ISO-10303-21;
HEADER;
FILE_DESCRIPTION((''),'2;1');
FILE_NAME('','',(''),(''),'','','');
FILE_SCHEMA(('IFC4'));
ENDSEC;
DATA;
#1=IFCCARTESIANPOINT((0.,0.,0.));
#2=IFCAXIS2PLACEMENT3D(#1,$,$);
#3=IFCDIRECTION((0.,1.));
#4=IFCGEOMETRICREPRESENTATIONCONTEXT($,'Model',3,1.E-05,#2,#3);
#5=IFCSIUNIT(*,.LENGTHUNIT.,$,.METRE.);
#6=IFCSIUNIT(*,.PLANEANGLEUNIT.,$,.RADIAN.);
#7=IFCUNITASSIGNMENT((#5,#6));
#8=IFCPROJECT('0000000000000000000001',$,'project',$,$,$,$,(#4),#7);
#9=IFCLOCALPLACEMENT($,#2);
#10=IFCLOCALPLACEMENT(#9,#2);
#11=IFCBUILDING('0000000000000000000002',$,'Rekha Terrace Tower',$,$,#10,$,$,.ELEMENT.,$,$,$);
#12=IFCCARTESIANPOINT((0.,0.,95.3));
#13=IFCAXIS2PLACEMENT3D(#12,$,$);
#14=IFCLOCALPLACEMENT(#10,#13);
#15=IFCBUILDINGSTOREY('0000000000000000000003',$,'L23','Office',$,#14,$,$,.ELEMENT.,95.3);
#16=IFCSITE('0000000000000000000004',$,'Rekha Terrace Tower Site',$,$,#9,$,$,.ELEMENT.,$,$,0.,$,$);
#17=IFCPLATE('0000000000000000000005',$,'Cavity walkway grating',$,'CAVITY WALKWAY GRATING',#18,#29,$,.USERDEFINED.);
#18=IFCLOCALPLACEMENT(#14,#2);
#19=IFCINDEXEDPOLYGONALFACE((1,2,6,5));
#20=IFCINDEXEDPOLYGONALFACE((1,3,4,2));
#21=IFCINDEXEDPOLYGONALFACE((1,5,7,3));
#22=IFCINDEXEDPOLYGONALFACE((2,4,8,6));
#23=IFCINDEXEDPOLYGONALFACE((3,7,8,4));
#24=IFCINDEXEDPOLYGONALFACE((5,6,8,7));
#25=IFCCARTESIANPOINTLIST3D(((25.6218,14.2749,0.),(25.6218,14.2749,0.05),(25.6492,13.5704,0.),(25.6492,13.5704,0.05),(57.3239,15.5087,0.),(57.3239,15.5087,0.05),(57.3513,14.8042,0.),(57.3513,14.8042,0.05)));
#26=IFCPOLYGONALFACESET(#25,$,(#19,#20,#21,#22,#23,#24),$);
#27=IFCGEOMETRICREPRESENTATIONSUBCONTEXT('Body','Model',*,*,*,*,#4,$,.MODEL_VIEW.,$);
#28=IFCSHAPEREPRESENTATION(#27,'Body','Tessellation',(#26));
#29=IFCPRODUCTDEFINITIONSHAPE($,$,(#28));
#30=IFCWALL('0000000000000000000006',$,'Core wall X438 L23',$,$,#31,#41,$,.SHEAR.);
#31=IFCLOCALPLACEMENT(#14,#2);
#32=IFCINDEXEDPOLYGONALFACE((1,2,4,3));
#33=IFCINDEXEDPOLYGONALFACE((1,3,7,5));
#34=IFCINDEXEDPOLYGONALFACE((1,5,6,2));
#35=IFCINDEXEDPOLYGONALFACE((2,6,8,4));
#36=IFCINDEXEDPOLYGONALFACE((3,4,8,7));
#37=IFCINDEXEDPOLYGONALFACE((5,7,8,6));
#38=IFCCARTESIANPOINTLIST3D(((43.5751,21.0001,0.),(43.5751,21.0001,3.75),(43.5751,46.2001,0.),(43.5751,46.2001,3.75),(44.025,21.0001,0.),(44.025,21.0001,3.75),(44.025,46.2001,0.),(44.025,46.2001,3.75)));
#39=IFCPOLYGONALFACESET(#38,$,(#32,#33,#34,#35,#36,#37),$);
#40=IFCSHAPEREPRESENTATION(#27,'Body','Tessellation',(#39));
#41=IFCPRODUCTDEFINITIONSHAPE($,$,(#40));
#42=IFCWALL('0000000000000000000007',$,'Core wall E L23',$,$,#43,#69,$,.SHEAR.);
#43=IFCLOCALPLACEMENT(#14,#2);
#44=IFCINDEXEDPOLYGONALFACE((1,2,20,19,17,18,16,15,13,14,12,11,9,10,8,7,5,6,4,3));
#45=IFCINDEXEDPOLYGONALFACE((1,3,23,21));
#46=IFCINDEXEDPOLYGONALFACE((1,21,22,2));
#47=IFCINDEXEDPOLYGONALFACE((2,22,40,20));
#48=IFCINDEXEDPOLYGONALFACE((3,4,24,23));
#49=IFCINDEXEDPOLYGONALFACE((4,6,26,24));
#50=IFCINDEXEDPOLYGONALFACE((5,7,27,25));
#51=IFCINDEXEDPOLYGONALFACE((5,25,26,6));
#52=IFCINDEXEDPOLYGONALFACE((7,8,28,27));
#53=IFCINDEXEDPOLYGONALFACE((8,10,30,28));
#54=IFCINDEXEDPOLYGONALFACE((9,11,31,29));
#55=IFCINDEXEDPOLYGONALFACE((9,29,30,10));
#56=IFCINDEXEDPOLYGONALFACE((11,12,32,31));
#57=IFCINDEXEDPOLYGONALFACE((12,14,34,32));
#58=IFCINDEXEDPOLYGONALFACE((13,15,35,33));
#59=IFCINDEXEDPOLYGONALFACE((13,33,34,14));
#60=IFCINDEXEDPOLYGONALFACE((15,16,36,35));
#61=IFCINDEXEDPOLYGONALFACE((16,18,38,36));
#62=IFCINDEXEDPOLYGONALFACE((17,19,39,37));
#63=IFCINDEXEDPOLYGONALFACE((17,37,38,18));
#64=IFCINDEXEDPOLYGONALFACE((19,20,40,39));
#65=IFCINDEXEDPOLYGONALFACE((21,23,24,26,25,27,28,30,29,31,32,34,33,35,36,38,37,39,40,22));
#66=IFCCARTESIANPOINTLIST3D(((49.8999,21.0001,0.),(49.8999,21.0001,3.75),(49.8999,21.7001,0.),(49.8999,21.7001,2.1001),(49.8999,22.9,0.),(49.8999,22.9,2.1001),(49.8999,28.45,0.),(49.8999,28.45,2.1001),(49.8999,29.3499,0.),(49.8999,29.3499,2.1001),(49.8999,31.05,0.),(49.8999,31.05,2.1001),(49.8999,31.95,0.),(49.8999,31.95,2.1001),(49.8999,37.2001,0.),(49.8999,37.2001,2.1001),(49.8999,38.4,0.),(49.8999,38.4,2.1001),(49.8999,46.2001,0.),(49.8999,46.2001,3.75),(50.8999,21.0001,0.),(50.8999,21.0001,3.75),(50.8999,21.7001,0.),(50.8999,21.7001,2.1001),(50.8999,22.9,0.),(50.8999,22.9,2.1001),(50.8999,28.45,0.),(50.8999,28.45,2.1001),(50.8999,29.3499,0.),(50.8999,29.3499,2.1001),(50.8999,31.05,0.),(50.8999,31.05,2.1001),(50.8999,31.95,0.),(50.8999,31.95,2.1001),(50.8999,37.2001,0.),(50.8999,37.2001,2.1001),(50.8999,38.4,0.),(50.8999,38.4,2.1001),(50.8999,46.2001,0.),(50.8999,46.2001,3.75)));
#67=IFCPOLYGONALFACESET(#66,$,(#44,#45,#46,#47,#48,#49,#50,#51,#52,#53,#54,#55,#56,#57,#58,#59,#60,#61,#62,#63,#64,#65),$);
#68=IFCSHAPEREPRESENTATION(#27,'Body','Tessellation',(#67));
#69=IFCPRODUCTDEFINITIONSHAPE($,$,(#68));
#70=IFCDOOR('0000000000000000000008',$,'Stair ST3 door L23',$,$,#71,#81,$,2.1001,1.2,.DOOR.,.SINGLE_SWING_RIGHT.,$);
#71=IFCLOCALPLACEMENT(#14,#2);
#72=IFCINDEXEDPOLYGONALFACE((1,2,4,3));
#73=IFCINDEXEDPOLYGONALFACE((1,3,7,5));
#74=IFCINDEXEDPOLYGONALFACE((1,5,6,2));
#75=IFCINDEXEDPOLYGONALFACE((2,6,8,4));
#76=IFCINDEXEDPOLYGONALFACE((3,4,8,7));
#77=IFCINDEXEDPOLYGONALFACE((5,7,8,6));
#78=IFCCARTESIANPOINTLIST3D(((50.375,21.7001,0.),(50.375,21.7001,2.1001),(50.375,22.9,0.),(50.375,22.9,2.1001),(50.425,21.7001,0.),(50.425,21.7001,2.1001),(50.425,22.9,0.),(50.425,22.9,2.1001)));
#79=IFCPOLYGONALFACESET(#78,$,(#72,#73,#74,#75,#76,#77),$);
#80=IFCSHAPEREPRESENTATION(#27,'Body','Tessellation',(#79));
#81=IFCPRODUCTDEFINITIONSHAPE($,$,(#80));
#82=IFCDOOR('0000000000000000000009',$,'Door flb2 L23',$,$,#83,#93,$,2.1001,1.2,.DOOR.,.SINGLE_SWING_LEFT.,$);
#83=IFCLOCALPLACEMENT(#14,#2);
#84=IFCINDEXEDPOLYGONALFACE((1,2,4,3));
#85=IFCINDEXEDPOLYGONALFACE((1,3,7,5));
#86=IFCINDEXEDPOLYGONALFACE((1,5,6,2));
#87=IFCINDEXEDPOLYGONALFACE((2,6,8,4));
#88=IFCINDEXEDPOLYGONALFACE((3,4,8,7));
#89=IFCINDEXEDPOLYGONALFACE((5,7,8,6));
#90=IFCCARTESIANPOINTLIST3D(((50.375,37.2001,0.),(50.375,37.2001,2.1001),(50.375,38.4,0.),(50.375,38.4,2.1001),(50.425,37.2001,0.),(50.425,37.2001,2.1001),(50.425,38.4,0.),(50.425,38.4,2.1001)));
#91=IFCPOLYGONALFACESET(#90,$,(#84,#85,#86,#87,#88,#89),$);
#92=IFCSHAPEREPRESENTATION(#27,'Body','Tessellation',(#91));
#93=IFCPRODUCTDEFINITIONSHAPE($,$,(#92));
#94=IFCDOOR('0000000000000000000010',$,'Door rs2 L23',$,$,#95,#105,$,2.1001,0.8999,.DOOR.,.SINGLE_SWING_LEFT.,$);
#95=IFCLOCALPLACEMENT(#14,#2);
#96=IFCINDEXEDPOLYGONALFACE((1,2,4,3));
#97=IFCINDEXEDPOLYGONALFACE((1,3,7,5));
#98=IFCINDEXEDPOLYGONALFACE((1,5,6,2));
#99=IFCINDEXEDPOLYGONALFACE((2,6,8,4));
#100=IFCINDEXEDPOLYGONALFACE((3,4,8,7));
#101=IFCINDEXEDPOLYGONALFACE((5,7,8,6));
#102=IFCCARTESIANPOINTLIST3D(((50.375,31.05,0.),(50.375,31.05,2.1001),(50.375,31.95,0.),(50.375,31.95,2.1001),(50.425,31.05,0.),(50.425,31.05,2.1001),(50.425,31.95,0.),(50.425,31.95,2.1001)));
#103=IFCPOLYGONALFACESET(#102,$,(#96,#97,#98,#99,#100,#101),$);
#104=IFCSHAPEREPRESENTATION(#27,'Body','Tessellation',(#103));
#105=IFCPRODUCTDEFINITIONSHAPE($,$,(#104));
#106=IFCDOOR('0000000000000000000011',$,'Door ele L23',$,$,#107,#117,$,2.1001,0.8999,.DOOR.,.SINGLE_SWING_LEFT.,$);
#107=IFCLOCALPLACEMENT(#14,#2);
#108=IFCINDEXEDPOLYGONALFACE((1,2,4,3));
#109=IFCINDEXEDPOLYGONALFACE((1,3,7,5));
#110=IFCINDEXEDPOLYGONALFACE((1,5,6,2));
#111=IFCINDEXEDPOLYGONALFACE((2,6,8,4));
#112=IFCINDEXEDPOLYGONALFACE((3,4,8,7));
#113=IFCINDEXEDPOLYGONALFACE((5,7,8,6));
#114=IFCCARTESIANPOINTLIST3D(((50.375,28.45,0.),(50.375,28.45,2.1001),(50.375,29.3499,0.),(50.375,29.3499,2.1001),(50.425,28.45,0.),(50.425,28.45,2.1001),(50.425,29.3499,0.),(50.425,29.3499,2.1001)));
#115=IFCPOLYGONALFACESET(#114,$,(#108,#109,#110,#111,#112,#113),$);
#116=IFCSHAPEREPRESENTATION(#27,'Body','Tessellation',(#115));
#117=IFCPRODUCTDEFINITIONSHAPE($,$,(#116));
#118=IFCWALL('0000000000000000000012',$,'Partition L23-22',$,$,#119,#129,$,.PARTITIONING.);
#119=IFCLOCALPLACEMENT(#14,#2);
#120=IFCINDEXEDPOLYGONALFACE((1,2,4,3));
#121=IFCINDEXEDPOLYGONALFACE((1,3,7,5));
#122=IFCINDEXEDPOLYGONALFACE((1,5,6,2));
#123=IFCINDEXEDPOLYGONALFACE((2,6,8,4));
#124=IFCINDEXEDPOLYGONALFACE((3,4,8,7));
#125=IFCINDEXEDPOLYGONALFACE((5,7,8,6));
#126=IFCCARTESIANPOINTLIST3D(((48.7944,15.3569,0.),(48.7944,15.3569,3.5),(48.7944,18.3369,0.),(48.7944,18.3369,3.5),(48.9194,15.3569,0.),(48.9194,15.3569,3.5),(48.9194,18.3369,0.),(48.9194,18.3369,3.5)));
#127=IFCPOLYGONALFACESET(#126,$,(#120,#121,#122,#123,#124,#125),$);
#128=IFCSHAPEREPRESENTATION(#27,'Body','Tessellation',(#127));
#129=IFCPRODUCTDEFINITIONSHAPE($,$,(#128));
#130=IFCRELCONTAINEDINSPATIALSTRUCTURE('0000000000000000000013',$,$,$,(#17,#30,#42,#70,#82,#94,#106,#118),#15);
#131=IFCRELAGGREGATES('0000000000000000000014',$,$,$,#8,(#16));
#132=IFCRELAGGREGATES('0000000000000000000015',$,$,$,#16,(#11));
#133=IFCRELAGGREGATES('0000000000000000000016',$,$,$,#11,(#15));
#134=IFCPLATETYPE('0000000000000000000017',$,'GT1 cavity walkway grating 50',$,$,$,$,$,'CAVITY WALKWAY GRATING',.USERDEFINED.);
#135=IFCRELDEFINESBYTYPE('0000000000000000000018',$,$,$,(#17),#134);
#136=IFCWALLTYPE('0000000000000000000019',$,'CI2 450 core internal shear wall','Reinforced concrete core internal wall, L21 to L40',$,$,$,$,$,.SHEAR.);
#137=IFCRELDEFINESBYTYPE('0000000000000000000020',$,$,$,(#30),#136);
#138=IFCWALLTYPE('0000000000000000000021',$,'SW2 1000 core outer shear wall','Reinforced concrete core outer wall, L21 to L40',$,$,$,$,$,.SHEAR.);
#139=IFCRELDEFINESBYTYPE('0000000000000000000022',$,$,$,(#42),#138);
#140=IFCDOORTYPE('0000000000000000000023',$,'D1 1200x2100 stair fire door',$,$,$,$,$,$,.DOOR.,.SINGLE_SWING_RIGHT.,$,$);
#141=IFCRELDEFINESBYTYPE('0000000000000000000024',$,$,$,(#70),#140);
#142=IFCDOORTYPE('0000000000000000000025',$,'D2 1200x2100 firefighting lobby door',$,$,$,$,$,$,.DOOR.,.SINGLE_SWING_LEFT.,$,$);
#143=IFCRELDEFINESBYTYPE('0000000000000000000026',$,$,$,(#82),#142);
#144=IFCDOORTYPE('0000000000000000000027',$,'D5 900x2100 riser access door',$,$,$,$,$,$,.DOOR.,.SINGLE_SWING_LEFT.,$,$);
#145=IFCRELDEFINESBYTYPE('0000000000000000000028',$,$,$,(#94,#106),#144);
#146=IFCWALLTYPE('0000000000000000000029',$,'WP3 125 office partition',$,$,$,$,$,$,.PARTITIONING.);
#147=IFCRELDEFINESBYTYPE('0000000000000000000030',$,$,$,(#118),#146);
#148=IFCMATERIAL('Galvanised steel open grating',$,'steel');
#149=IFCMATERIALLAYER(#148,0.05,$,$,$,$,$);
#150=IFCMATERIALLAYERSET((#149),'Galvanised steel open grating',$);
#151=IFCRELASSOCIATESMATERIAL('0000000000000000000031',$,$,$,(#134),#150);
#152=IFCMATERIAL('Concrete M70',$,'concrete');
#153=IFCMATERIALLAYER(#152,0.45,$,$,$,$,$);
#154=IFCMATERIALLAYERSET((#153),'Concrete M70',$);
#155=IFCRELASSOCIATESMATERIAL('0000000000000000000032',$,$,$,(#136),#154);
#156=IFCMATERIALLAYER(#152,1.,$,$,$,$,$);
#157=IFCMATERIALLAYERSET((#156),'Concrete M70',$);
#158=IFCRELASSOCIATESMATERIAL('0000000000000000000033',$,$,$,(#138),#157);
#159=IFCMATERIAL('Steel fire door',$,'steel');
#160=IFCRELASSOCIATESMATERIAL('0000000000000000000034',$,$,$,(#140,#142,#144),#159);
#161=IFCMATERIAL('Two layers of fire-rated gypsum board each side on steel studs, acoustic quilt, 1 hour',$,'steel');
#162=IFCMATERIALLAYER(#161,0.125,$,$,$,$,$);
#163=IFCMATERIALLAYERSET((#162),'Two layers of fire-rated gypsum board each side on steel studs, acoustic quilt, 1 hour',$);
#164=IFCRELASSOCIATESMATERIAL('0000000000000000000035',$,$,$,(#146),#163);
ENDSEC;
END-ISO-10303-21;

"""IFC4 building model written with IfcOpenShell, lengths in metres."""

from ifc_helpers import new_model, si_unit, direction, frame, frame_2d, origin, origin_2d, place, context, subcontext, project, spatial, rectangle, extrude, material, layer, layer_set, type_object, element, fill, save


model = new_model("IFC4")

# Units and contexts
model_context = context("Model", 3, precision=1e-05, world=origin(), true_north=direction((0.0, 1.0)))
body_context = subcontext(model_context, "Body", "Model", "MODEL_VIEW")
ifc_project = project(units=[si_unit("LENGTHUNIT", "METRE"), si_unit("PLANEANGLEUNIT", "RADIAN")], contexts=[model_context])

# Site, building, storey
site_placement = place(None, origin())
site = spatial("IfcSite", under=ifc_project, at=site_placement, Name="Rekha Terrace Tower Site", CompositionType="ELEMENT", RefElevation=0.0)
building_placement = place(site_placement, origin())
building = spatial("IfcBuilding", under=site, at=building_placement, Name="Rekha Terrace Tower", CompositionType="ELEMENT")
storey_placement = place(building_placement, frame((0.0, 0.0, 95.3)))
storey = spatial("IfcBuildingStorey", under=building, at=storey_placement, Name="L23", Description="Office", CompositionType="ELEMENT", Elevation=95.3)

# Shared definitions
ifc_material_1 = material(Name="Concrete M70", Category="concrete")

# Plate
ifc_material_2 = material(Name="Galvanised steel open grating", Category="steel")
ifc_layer_1 = layer(ifc_material_2, 0.05)
ifc_layer_set_1 = layer_set([ifc_layer_1], Name="Galvanised steel open grating")
plate_type_1 = type_object("IfcPlateType", Name="GT1 cavity walkway grating 50", ElementType="CAVITY WALKWAY GRATING", PredefinedType="USERDEFINED", material=ifc_layer_set_1)
plate_1_placement = place(storey_placement, frame((41.4866, 14.5396, 0.0), z_axis=(0.0, 0.0, 1.0), x_axis=(0.999243, 0.03889, 0.0)))
element("IfcPlate", 1, at=plate_1_placement, inside=storey, type_object=plate_type_1, Name="Cavity walkway grating", ObjectType="CAVITY WALKWAY GRATING", PredefinedType="USERDEFINED", context=body_context, shape_type="SweptSolid", body=[
    extrude(rectangle(XDim=31.7261, YDim=0.7051, at=origin_2d()), origin(), (0.0, 0.0, 1.0), 0.05),
])

# Wall
ifc_layer_2 = layer(ifc_material_1, 0.45)
ifc_layer_set_2 = layer_set([ifc_layer_2], Name="Concrete M70")
wall_type_1 = type_object("IfcWallType", Name="CI2 450 core internal shear wall", Description="Reinforced concrete core internal wall, L21 to L40", PredefinedType="SHEAR", material=ifc_layer_set_2)
wall_1_placement = place(storey_placement, frame((43.8, 21.0, 0.0), z_axis=(0.0, 0.0, 1.0), x_axis=(0.0, 1.0, 0.0)))
element("IfcWall", 2, at=wall_1_placement, inside=storey, type_object=wall_type_1, Name="Core wall X438 L23", PredefinedType="SHEAR", context=body_context, shape_type="SweptSolid", body=[
    extrude(rectangle(XDim=25.2, YDim=0.45, at=frame_2d((12.6001, 0.0))), origin(), (0.0, 0.0, 1.0), 3.75),
])

# Wall, openings, doors
ifc_layer_3 = layer(ifc_material_1, 1.0)
ifc_layer_set_3 = layer_set([ifc_layer_3], Name="Concrete M70")
wall_type_2 = type_object("IfcWallType", Name="SW2 1000 core outer shear wall", Description="Reinforced concrete core outer wall, L21 to L40", PredefinedType="SHEAR", material=ifc_layer_set_3)
wall_2_placement = place(storey_placement, frame((50.3999, 21.0, 0.0), z_axis=(0.0, 0.0, 1.0), x_axis=(0.0, 1.0, 0.0)))
wall_2 = element("IfcWall", 3, at=wall_2_placement, inside=storey, type_object=wall_type_2, Name="Core wall E L23", PredefinedType="SHEAR", context=body_context, shape_type="SweptSolid", body=[
    extrude(rectangle(XDim=25.2, YDim=1.0, at=frame_2d((12.6001, 0.0))), origin(), (0.0, 0.0, 1.0), 3.75),
])
opening_1_placement = place(wall_2_placement, frame((16.2, 0.0, 0.0)))
opening_1 = element("IfcOpeningElement", 4, at=opening_1_placement, cuts=wall_2, PredefinedType="OPENING", context=body_context, shape_type="SweptSolid", body=[
    extrude(rectangle(XDim=1.2, YDim=2.1001, at=frame_2d((0.6001, 1.05))), frame((0.0, 0.51, 0.0), z_axis=(0.0, -1.0, 0.0), x_axis=(1.0, 0.0, 0.0)), (0.0, 0.0, 1.0), 1.02),
])
opening_2_placement = place(wall_2_placement, frame((10.05, 0.0, 0.0)))
opening_2 = element("IfcOpeningElement", 5, at=opening_2_placement, cuts=wall_2, PredefinedType="OPENING", context=body_context, shape_type="SweptSolid", body=[
    extrude(rectangle(XDim=0.8999, YDim=2.1001, at=frame_2d((0.45, 1.05))), frame((0.0, 0.51, 0.0), z_axis=(0.0, -1.0, 0.0), x_axis=(1.0, 0.0, 0.0)), (0.0, 0.0, 1.0), 1.02),
])
opening_3_placement = place(wall_2_placement, frame((7.45, 0.0, 0.0)))
opening_3 = element("IfcOpeningElement", 6, at=opening_3_placement, cuts=wall_2, PredefinedType="OPENING", context=body_context, shape_type="SweptSolid", body=[
    extrude(rectangle(XDim=0.8999, YDim=2.1001, at=frame_2d((0.45, 1.05))), frame((0.0, 0.51, 0.0), z_axis=(0.0, -1.0, 0.0), x_axis=(1.0, 0.0, 0.0)), (0.0, 0.0, 1.0), 1.02),
])
opening_4_placement = place(wall_2_placement, frame((0.7, 0.0, 0.0)))
opening_4 = element("IfcOpeningElement", 7, at=opening_4_placement, cuts=wall_2, PredefinedType="OPENING", context=body_context, shape_type="SweptSolid", body=[
    extrude(rectangle(XDim=1.2, YDim=2.1001, at=frame_2d((0.6001, 1.05))), frame((0.0, 0.51, 0.0), z_axis=(0.0, -1.0, 0.0), x_axis=(1.0, 0.0, 0.0)), (0.0, 0.0, 1.0), 1.02),
])
ifc_material_3 = material(Name="Steel fire door", Category="steel")
door_type_1 = type_object("IfcDoorType", Name="D1 1200x2100 stair fire door", OperationType="SINGLE_SWING_RIGHT", PredefinedType="DOOR", material=ifc_material_3)
door_1_placement = place(opening_4_placement, origin())
door_1 = element("IfcDoor", 8, at=door_1_placement, inside=storey, type_object=door_type_1, Name="Stair ST3 door L23", OperationType="SINGLE_SWING_RIGHT", OverallHeight=2.1001, OverallWidth=1.2, PredefinedType="DOOR", context=body_context, shape_type="SweptSolid", body=[
    extrude(rectangle(XDim=1.2, YDim=2.1001, at=frame_2d((0.6001, 1.05))), frame((0.0, 0.0249, 0.0), z_axis=(0.0, -1.0, 0.0), x_axis=(1.0, 0.0, 0.0)), (0.0, 0.0, 1.0), 0.05),
])
fill(opening_4, door_1)
door_type_2 = type_object("IfcDoorType", Name="D2 1200x2100 firefighting lobby door", OperationType="SINGLE_SWING_LEFT", PredefinedType="DOOR", material=ifc_material_3)
door_2_placement = place(opening_1_placement, origin())
door_2 = element("IfcDoor", 9, at=door_2_placement, inside=storey, type_object=door_type_2, Name="Door flb2 L23", OperationType="SINGLE_SWING_LEFT", OverallHeight=2.1001, OverallWidth=1.2, PredefinedType="DOOR", context=body_context, shape_type="SweptSolid", body=[
    extrude(rectangle(XDim=1.2, YDim=2.1001, at=frame_2d((0.6001, 1.05))), frame((0.0, 0.0249, 0.0), z_axis=(0.0, -1.0, 0.0), x_axis=(1.0, 0.0, 0.0)), (0.0, 0.0, 1.0), 0.05),
])
fill(opening_1, door_2)
door_type_3 = type_object("IfcDoorType", Name="D5 900x2100 riser access door", OperationType="SINGLE_SWING_LEFT", PredefinedType="DOOR", material=ifc_material_3)
door_3_placement = place(opening_2_placement, origin())
door_3 = element("IfcDoor", 10, at=door_3_placement, inside=storey, type_object=door_type_3, Name="Door rs2 L23", OperationType="SINGLE_SWING_LEFT", OverallHeight=2.1001, OverallWidth=0.8999, PredefinedType="DOOR", context=body_context, shape_type="SweptSolid", body=[
    extrude(rectangle(XDim=0.8999, YDim=2.1001, at=frame_2d((0.45, 1.05))), frame((0.0, 0.0249, 0.0), z_axis=(0.0, -1.0, 0.0), x_axis=(1.0, 0.0, 0.0)), (0.0, 0.0, 1.0), 0.05),
])
fill(opening_2, door_3)
door_4_placement = place(opening_3_placement, origin())
door_4 = element("IfcDoor", 11, at=door_4_placement, inside=storey, type_object=door_type_3, Name="Door ele L23", OperationType="SINGLE_SWING_LEFT", OverallHeight=2.1001, OverallWidth=0.8999, PredefinedType="DOOR", context=body_context, shape_type="SweptSolid", body=[
    extrude(rectangle(XDim=0.8999, YDim=2.1001, at=frame_2d((0.45, 1.05))), frame((0.0, 0.0249, 0.0), z_axis=(0.0, -1.0, 0.0), x_axis=(1.0, 0.0, 0.0)), (0.0, 0.0, 1.0), 0.05),
])
fill(opening_3, door_4)

# Wall
ifc_material_4 = material(Name="Two layers of fire-rated gypsum board each side on steel studs, acoustic quilt, 1 hour", Category="steel")
ifc_layer_4 = layer(ifc_material_4, 0.125)
ifc_layer_set_4 = layer_set([ifc_layer_4], Name="Two layers of fire-rated gypsum board each side on steel studs, acoustic quilt, 1 hour")
wall_type_3 = type_object("IfcWallType", Name="WP3 125 office partition", PredefinedType="PARTITIONING", material=ifc_layer_set_4)
wall_3_placement = place(storey_placement, frame((48.8569, 18.3369, 0.0), z_axis=(0.0, 0.0, 1.0), x_axis=(0.0, -1.0, 0.0)))
element("IfcWall", 12, at=wall_3_placement, inside=storey, type_object=wall_type_3, Name="Partition L23-22", PredefinedType="PARTITIONING", context=body_context, shape_type="SweptSolid", body=[
    extrude(rectangle(XDim=2.98, YDim=0.125, at=frame_2d((1.49, 0.0))), origin(), (0.0, 0.0, 1.0), 3.5),
])

save(model, "model.ifc")
